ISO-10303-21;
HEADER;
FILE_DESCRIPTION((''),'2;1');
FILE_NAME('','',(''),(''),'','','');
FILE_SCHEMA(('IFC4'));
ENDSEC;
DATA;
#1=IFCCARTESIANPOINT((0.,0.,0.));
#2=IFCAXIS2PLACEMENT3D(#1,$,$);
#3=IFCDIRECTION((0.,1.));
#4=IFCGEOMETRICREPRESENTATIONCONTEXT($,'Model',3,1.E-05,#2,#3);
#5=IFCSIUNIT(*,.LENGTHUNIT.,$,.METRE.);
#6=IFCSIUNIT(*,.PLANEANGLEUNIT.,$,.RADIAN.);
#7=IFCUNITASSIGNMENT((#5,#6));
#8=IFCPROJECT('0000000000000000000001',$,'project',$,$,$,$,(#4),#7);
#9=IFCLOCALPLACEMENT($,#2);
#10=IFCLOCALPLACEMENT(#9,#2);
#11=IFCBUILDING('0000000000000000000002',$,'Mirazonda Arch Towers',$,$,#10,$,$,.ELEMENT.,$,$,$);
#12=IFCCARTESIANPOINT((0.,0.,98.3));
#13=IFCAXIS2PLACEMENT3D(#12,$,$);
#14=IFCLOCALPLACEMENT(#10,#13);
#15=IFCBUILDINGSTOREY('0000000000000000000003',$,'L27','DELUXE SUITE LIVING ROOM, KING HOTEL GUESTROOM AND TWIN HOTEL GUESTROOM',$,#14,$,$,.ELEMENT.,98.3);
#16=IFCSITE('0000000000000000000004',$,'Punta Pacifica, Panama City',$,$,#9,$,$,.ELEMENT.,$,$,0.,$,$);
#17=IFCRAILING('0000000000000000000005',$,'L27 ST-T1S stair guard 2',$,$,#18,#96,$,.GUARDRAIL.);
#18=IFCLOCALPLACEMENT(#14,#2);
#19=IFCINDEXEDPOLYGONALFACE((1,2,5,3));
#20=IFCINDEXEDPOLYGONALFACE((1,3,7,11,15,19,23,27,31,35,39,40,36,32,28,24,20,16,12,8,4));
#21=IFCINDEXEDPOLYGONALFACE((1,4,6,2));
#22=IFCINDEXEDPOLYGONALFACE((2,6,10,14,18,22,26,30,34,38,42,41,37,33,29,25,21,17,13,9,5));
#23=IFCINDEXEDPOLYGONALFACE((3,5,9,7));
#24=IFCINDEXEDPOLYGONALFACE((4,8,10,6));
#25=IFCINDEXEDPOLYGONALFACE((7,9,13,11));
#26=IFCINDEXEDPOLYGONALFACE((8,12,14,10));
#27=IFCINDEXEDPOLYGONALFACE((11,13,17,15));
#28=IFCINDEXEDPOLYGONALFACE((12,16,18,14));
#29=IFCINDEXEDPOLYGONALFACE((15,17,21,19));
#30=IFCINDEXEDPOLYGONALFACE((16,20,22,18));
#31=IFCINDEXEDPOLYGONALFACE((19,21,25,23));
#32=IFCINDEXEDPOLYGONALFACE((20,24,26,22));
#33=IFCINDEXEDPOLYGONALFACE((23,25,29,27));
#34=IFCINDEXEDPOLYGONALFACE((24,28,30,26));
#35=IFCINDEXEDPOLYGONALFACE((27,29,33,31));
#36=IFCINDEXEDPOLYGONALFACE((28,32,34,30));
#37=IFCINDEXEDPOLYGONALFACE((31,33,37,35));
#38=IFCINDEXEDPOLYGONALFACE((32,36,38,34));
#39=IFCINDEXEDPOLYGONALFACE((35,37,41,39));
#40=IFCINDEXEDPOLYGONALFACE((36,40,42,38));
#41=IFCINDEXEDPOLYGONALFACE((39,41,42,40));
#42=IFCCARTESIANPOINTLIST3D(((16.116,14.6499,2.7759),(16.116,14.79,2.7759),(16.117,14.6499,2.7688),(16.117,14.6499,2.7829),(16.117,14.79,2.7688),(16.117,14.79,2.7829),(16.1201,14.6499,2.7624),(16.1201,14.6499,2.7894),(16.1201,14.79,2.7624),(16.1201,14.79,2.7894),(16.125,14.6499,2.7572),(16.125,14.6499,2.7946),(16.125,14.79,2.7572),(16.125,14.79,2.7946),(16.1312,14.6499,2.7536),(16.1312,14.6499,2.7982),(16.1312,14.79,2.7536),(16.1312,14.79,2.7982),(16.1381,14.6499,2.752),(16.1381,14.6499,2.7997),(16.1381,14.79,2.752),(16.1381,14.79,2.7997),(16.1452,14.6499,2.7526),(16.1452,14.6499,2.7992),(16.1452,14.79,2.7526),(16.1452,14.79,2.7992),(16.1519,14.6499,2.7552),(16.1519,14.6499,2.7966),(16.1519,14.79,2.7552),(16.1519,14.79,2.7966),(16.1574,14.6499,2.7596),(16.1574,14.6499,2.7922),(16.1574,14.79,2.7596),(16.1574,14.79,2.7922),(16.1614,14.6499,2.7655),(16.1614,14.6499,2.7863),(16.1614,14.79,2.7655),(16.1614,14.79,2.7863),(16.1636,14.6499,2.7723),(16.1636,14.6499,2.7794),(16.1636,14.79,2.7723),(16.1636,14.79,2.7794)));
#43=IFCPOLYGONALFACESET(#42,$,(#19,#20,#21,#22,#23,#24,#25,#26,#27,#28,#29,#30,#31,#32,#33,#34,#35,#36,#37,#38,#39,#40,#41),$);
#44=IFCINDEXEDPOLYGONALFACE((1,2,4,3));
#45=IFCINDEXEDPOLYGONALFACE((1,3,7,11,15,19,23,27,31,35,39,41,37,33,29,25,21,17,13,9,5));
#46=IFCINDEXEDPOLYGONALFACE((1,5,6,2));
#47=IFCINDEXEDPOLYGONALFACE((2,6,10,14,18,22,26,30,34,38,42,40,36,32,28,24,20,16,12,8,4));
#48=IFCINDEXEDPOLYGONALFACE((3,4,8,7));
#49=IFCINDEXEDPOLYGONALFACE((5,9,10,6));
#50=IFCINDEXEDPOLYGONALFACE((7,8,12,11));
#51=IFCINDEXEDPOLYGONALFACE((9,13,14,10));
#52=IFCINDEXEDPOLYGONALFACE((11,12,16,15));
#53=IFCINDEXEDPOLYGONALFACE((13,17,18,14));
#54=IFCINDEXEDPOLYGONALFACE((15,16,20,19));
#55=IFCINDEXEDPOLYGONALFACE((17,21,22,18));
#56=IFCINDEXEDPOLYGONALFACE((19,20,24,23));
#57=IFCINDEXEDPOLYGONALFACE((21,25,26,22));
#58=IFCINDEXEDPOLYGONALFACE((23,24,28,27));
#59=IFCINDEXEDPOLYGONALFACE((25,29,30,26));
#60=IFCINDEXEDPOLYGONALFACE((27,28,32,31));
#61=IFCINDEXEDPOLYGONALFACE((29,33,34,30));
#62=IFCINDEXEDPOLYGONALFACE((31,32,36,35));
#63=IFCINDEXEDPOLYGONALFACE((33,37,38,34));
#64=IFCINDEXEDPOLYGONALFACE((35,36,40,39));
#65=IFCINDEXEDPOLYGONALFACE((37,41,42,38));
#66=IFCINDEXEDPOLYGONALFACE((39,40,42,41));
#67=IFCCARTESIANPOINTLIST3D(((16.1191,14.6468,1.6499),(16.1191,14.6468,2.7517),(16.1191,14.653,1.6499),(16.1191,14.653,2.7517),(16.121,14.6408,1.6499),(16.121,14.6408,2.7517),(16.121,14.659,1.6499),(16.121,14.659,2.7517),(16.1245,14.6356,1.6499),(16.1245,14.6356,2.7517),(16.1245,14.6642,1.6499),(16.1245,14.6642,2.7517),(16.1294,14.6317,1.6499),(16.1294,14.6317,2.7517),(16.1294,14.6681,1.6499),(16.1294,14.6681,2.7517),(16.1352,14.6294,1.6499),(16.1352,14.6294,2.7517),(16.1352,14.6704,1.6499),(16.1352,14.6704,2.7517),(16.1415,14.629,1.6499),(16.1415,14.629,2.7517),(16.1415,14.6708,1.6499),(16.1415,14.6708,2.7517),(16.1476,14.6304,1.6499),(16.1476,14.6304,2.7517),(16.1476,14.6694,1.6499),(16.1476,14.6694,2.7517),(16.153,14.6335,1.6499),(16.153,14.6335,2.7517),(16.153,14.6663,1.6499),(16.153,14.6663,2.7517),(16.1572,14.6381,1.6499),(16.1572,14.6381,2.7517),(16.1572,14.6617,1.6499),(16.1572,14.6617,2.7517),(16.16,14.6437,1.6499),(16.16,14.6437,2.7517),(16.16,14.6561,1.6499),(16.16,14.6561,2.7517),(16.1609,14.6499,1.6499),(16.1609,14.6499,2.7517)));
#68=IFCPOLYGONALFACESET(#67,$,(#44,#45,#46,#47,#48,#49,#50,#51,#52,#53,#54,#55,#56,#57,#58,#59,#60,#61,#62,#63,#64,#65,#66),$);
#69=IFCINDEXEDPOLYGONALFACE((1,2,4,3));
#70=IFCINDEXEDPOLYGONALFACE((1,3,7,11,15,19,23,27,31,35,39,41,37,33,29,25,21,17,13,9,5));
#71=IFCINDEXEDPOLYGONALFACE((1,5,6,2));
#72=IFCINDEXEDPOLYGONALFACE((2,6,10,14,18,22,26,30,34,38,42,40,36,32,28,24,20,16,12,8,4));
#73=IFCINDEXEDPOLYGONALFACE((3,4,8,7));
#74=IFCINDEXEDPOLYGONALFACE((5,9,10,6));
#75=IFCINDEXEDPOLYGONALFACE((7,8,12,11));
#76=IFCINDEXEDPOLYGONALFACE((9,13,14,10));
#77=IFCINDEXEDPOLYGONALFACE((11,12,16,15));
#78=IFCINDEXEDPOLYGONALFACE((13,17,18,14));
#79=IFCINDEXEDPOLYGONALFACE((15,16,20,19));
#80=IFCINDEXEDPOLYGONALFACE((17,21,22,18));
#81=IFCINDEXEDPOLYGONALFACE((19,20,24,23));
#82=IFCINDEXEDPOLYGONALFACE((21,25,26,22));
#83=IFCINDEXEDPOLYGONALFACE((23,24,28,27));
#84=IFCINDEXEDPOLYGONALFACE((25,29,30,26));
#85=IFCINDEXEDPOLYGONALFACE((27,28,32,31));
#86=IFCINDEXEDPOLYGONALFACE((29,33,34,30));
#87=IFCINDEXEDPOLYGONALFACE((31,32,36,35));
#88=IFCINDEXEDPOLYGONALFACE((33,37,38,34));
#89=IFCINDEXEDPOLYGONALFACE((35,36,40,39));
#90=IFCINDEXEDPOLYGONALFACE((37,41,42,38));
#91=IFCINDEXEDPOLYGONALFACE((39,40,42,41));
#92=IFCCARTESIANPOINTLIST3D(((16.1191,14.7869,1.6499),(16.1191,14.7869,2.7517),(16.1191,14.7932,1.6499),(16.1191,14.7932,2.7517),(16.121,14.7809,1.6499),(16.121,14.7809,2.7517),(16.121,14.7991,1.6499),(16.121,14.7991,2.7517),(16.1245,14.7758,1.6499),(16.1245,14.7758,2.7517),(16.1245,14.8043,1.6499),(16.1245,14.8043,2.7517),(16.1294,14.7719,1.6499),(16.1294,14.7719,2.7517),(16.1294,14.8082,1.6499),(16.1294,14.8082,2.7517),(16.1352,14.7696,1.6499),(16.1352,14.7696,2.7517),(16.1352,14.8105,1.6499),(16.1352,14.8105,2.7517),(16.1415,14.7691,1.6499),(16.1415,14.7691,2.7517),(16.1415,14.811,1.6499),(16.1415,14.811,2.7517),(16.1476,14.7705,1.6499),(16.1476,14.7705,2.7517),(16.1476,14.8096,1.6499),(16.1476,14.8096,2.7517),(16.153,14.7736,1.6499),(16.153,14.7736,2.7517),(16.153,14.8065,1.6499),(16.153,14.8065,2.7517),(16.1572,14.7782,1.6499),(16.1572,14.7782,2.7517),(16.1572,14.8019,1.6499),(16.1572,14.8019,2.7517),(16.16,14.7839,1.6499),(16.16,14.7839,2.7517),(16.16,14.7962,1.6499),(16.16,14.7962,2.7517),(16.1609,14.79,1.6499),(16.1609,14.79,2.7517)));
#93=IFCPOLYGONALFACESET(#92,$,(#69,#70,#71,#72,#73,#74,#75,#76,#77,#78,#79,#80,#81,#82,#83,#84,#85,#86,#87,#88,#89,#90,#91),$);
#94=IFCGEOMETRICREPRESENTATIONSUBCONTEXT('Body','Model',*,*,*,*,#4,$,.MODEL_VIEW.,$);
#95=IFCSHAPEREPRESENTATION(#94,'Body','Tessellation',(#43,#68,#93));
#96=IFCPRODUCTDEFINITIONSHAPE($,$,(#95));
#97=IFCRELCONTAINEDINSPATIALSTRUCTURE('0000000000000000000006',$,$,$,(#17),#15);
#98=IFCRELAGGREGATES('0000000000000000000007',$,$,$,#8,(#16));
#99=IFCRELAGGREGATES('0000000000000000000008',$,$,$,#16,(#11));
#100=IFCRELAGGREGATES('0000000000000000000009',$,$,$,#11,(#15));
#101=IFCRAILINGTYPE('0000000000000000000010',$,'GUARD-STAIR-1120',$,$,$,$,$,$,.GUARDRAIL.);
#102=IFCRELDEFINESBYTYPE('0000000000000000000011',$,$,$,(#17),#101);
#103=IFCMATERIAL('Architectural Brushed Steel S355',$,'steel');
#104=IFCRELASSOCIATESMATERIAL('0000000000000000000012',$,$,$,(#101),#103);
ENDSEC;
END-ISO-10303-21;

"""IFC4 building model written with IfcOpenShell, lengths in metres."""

from ifc_helpers import new_model, si_unit, direction, frame, origin, origin_2d, place, context, subcontext, project, spatial, circle, extrude, material, type_object, element, save


model = new_model("IFC4")

# Units and contexts
model_context = context("Model", 3, precision=1e-05, world=origin(), true_north=direction((0.0, 1.0)))
body_context = subcontext(model_context, "Body", "Model", "MODEL_VIEW")
ifc_project = project(units=[si_unit("LENGTHUNIT", "METRE"), si_unit("PLANEANGLEUNIT", "RADIAN")], contexts=[model_context])

# Site, building, storey
site_placement = place(None, origin())
site = spatial("IfcSite", under=ifc_project, at=site_placement, Name="Punta Pacifica, Panama City", CompositionType="ELEMENT", RefElevation=0.0)
building_placement = place(site_placement, origin())
building = spatial("IfcBuilding", under=site, at=building_placement, Name="Mirazonda Arch Towers", CompositionType="ELEMENT")
storey_placement = place(building_placement, frame((0.0, 0.0, 98.3)))
storey = spatial("IfcBuildingStorey", under=building, at=storey_placement, Name="L27", Description="DELUXE SUITE LIVING ROOM, KING HOTEL GUESTROOM AND TWIN HOTEL GUESTROOM", CompositionType="ELEMENT", Elevation=98.3)

# Shared definitions
ifc_material_1 = material(Name="Architectural Brushed Steel S355", Category="steel")

# Railing
railing_type_1 = type_object("IfcRailingType", Name="GUARD-STAIR-1120", PredefinedType="GUARDRAIL", material=ifc_material_1)
railing_1_placement = place(storey_placement, frame((16.1399, 14.6499, 1.6499)))
element("IfcRailing", 1, at=railing_1_placement, inside=storey, type_object=railing_type_1, Name="L27 ST-T1S stair guard 2", PredefinedType="GUARDRAIL", context=body_context, shape_type="SweptSolid", body=[
    extrude(circle(Radius=0.0239, at=origin_2d()), frame((0.0, 0.0, 1.126), z_axis=(0.0, 1.0, 0.0), x_axis=(-1.0, 0.0, 0.0)), (0.0, 0.0, 1.0), 0.1401),
    extrude(circle(Radius=0.021, at=origin_2d()), origin(), (0.0, 0.0, 1.0), 1.1018),
    extrude(circle(Radius=0.021, at=origin_2d()), frame((0.0, 0.1401, 0.0)), (0.0, 0.0, 1.0), 1.1018),
])

save(model, "model.ifc")
